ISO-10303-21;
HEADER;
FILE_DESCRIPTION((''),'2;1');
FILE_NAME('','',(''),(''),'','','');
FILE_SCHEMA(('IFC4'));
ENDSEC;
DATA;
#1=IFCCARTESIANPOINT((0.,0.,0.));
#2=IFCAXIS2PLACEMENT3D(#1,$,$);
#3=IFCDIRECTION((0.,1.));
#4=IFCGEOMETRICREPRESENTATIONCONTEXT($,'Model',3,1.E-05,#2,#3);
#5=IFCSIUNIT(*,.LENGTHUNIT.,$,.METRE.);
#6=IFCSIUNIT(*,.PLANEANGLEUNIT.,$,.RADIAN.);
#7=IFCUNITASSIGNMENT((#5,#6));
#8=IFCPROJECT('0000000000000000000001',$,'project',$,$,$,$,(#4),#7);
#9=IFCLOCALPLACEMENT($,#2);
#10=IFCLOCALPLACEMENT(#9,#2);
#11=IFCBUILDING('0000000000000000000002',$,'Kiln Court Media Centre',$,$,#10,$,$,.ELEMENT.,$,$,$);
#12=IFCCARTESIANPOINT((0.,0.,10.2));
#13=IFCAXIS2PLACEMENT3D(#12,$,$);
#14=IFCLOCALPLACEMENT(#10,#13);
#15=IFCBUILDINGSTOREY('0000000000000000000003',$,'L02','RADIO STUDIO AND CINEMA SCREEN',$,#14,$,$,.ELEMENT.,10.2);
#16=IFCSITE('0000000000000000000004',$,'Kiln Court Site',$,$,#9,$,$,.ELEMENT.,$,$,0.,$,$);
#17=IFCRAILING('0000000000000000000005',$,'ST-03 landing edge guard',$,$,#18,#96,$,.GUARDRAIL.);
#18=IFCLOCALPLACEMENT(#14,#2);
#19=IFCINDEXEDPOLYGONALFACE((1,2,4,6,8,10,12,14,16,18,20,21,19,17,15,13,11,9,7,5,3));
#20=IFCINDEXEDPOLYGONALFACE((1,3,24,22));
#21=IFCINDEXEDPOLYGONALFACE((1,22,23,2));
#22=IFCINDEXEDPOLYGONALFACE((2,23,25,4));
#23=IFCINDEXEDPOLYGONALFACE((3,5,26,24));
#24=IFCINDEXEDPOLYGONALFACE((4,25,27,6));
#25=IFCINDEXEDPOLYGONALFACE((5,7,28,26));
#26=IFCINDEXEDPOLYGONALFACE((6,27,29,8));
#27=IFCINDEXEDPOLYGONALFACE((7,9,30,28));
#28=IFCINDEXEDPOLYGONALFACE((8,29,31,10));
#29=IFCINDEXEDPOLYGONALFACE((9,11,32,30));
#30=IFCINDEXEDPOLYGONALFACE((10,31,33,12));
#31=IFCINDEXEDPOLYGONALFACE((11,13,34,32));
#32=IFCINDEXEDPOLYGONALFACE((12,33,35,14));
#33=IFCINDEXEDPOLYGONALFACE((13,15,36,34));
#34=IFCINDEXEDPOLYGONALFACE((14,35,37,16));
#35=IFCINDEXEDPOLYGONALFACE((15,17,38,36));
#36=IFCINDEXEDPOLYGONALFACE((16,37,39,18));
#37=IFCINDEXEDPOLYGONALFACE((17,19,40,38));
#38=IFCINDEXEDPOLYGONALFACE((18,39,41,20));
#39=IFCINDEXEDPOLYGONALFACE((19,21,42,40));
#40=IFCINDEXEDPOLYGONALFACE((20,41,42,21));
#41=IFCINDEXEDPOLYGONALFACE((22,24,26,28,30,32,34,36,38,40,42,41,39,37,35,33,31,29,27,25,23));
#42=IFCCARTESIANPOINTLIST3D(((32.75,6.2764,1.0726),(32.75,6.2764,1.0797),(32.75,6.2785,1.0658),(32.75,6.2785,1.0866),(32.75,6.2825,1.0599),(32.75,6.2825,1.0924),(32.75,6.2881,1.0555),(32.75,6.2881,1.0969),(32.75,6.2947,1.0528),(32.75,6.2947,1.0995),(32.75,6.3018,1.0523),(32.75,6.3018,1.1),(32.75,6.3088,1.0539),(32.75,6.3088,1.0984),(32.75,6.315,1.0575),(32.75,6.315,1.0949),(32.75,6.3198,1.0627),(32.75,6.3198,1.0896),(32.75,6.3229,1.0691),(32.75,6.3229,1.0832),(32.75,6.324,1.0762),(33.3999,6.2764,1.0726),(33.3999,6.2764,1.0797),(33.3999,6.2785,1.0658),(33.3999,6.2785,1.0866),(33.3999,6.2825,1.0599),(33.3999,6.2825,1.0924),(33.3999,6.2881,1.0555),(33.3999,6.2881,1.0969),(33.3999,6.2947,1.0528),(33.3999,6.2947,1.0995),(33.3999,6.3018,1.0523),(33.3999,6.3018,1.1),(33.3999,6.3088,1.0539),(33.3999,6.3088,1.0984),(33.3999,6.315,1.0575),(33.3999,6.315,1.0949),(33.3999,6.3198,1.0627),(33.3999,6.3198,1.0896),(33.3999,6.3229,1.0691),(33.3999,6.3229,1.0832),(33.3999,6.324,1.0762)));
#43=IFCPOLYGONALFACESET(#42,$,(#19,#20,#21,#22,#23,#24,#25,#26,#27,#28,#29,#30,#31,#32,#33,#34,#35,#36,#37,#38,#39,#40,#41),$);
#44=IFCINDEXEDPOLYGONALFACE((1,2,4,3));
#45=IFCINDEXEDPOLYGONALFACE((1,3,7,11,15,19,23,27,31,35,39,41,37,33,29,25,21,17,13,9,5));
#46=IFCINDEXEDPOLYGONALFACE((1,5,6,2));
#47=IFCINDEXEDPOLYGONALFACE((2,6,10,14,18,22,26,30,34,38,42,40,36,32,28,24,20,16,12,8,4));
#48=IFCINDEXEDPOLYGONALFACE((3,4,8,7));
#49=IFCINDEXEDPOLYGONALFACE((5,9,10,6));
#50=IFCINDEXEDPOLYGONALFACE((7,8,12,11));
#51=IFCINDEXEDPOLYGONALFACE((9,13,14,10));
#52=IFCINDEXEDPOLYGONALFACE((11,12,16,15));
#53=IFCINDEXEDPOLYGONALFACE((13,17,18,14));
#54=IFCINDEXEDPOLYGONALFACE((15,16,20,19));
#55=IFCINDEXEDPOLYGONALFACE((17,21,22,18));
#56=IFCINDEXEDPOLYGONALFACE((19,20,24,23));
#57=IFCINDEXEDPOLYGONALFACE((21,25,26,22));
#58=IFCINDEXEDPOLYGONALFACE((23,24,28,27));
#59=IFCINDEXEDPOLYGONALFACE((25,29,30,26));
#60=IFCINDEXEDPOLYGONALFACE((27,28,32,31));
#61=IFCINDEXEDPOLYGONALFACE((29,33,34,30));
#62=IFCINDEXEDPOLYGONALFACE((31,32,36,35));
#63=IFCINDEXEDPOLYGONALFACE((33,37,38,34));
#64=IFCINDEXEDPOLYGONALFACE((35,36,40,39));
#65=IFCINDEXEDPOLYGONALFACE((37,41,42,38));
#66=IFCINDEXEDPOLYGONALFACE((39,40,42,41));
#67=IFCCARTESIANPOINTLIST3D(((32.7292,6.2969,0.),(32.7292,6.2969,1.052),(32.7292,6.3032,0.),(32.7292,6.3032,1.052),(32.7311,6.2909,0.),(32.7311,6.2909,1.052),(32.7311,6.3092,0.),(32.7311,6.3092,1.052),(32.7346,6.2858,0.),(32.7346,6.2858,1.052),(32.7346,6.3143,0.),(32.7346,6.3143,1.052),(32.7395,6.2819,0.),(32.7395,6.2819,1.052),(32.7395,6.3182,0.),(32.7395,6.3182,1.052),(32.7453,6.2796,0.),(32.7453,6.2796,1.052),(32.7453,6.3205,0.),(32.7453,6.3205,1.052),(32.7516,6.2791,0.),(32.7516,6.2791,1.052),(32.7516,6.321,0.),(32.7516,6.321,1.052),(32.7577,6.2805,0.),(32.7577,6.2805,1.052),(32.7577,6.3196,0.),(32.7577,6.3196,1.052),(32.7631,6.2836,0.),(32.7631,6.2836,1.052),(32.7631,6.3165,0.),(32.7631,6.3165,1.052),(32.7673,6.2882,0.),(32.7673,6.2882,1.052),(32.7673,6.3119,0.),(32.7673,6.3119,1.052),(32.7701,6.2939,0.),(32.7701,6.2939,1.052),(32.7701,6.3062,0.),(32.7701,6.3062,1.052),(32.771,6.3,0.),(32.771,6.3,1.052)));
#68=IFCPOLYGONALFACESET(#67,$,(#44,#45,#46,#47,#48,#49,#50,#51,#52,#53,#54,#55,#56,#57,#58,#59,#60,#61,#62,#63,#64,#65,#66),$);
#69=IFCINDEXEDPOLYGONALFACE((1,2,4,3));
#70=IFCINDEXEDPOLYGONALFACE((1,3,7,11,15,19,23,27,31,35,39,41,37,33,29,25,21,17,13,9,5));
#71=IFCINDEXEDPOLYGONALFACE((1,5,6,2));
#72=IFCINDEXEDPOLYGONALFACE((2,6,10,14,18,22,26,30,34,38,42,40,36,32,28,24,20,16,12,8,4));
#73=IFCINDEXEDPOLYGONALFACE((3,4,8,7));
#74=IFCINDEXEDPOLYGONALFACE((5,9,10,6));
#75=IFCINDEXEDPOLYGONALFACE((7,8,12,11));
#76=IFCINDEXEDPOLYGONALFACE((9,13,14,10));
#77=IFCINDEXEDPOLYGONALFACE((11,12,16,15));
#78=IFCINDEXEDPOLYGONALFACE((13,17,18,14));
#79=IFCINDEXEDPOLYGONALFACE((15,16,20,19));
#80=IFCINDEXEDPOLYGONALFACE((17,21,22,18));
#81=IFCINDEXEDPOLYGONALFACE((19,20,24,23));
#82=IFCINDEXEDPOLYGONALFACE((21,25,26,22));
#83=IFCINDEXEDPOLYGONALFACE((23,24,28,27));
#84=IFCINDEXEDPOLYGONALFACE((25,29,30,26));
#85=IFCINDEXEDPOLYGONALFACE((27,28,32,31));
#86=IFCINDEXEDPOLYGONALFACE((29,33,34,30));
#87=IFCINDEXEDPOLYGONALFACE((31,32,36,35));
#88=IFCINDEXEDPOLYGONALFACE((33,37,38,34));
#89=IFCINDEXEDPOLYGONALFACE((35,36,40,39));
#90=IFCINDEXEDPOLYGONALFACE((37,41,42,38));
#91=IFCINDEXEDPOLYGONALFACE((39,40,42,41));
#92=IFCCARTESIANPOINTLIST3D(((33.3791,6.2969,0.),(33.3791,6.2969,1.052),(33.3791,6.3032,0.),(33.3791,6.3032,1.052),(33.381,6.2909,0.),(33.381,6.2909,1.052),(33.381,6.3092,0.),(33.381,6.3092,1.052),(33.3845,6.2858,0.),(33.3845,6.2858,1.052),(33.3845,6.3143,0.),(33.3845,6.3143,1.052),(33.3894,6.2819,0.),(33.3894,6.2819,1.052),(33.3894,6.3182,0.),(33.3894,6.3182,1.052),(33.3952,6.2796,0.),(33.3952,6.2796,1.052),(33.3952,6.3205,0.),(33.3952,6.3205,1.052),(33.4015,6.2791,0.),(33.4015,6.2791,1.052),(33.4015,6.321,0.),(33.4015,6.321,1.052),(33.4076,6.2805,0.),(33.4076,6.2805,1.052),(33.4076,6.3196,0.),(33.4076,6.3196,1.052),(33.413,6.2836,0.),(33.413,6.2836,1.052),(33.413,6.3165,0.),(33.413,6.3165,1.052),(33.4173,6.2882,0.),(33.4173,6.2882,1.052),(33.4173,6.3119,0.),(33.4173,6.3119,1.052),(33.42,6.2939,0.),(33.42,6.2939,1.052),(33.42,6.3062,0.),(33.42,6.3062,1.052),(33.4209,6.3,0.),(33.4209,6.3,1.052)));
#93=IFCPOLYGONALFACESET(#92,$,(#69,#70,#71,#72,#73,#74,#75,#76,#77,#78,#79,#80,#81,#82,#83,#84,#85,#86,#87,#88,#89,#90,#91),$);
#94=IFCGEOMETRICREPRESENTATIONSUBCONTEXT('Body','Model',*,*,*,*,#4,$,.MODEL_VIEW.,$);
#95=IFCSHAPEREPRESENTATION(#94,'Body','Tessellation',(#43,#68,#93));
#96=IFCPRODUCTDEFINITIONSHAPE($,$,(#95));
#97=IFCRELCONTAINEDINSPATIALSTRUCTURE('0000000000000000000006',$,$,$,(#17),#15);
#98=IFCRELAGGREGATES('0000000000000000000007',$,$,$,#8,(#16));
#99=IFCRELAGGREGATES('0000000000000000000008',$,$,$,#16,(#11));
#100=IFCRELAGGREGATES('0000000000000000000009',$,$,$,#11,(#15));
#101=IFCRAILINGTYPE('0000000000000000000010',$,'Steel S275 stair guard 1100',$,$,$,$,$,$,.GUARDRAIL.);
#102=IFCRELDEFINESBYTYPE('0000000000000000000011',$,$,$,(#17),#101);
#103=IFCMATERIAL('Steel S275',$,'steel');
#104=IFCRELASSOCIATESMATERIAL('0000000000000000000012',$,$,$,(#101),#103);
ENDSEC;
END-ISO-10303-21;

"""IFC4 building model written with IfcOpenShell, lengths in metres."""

from ifc_helpers import new_model, si_unit, direction, frame, origin, origin_2d, place, context, subcontext, project, spatial, circle, extrude, material, type_object, element, save


model = new_model("IFC4")

# Units and contexts
model_context = context("Model", 3, precision=1e-05, world=origin(), true_north=direction((0.0, 1.0)))
body_context = subcontext(model_context, "Body", "Model", "MODEL_VIEW")
ifc_project = project(units=[si_unit("LENGTHUNIT", "METRE"), si_unit("PLANEANGLEUNIT", "RADIAN")], contexts=[model_context])

# Site, building, storey
site_placement = place(None, origin())
site = spatial("IfcSite", under=ifc_project, at=site_placement, Name="Kiln Court Site", CompositionType="ELEMENT", RefElevation=0.0)
building_placement = place(site_placement, origin())
building = spatial("IfcBuilding", under=site, at=building_placement, Name="Kiln Court Media Centre", CompositionType="ELEMENT")
storey_placement = place(building_placement, frame((0.0, 0.0, 10.2)))
storey = spatial("IfcBuildingStorey", under=building, at=storey_placement, Name="L02", Description="RADIO STUDIO AND CINEMA SCREEN", CompositionType="ELEMENT", Elevation=10.2)

# Railing
ifc_material_1 = material(Name="Steel S275", Category="steel")
railing_type_1 = type_object("IfcRailingType", Name="Steel S275 stair guard 1100", PredefinedType="GUARDRAIL", material=ifc_material_1)
for number, where, name in (
    (1, (32.75, 6.3, 0.0), "ST-03 landing edge guard"),
):
    element("IfcRailing", number, at=place(storey_placement, frame(where)), inside=storey, type_object=railing_type_1, Name=name, PredefinedType="GUARDRAIL", context=body_context, shape_type="SweptSolid", body=[
        extrude(circle(Radius=0.0239, at=origin_2d()), frame((0.0, 0.0, 1.0762), z_axis=(1.0, 0.0, 0.0), x_axis=(0.0, 1.0, 0.0)), (0.0, 0.0, 1.0), 0.6499),
        extrude(circle(Radius=0.021, at=origin_2d()), origin(), (0.0, 0.0, 1.0), 1.052),
        extrude(circle(Radius=0.021, at=origin_2d()), frame((0.6499, 0.0, 0.0)), (0.0, 0.0, 1.0), 1.052),
    ])

save(model, "model.ifc")
